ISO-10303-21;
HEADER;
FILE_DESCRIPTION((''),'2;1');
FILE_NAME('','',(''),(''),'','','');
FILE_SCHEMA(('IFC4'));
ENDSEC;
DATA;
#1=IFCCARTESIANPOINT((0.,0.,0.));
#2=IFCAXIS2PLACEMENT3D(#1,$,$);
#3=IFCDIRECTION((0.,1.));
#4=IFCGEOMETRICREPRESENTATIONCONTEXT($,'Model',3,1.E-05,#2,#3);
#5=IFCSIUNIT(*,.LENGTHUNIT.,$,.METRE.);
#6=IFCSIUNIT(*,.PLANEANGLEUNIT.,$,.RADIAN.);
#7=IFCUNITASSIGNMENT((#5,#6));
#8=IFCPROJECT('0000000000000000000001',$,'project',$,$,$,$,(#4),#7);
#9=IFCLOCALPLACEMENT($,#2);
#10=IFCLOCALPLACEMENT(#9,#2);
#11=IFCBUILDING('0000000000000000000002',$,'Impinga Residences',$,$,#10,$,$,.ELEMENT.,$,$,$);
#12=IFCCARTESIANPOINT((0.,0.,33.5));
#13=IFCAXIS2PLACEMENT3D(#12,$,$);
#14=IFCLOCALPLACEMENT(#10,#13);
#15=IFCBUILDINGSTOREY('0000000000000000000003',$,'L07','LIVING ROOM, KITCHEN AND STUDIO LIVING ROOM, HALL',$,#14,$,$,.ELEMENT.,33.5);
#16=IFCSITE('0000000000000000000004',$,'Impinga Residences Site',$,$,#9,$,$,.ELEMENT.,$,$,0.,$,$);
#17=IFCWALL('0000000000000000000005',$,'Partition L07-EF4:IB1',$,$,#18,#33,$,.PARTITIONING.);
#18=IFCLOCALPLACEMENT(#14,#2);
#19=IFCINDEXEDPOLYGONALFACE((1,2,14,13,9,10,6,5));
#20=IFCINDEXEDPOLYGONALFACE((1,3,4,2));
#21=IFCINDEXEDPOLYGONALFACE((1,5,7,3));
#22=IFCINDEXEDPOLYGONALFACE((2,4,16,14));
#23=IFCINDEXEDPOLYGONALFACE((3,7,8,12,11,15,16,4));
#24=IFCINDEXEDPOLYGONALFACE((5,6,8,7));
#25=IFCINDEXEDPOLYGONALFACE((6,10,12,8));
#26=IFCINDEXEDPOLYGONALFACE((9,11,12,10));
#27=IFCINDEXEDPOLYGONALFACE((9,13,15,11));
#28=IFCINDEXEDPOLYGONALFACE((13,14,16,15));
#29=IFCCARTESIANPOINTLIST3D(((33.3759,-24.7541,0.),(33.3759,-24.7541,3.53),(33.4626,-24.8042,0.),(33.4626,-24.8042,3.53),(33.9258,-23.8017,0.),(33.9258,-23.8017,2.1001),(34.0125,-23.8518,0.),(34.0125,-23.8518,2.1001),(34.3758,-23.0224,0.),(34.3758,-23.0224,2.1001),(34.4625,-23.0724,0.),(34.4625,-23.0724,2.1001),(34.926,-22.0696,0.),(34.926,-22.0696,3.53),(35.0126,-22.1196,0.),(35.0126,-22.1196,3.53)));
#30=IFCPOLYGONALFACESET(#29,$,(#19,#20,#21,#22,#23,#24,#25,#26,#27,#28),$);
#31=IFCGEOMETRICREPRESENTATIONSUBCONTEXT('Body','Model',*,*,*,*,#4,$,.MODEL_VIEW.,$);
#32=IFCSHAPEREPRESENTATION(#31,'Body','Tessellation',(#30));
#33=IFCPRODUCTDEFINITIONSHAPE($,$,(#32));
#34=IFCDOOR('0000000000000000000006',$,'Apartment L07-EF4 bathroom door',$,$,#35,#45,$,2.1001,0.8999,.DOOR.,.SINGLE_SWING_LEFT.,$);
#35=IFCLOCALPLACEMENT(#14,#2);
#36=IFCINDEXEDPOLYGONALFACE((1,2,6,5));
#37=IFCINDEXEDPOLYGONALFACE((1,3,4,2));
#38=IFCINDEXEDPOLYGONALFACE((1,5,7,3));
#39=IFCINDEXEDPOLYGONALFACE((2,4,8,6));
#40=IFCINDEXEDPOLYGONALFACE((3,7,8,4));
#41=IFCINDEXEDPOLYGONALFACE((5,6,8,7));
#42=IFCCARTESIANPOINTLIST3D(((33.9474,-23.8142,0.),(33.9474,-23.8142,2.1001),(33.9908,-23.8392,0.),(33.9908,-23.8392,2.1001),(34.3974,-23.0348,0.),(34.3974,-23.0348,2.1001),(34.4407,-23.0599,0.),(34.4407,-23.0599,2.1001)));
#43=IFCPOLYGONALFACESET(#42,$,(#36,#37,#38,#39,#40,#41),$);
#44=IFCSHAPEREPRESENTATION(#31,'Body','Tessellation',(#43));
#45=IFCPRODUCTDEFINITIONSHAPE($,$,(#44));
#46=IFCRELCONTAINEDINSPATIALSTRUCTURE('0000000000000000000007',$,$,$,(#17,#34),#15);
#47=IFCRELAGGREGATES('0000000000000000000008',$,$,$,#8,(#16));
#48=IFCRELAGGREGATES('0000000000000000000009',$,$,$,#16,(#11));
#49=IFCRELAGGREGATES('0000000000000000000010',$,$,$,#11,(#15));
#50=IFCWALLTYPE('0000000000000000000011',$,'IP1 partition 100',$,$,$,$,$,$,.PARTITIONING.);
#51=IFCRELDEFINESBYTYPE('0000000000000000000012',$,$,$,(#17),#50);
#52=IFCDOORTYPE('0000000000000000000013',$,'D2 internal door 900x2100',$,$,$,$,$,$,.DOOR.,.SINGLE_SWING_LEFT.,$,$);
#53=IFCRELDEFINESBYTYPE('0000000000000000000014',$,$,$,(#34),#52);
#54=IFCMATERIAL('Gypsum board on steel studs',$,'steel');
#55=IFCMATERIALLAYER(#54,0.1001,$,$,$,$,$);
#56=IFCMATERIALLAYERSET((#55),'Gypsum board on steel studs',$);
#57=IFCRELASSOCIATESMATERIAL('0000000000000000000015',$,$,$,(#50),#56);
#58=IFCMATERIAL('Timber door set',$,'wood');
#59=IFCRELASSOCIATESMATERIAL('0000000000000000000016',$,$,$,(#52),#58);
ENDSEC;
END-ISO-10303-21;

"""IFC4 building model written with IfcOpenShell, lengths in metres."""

from ifc_helpers import new_model, si_unit, direction, frame, frame_2d, origin, place, context, subcontext, project, spatial, rectangle, extrude, material, layer, layer_set, type_object, element, fill, save


model = new_model("IFC4")

# Units and contexts
model_context = context("Model", 3, precision=1e-05, world=origin(), true_north=direction((0.0, 1.0)))
body_context = subcontext(model_context, "Body", "Model", "MODEL_VIEW")
ifc_project = project(units=[si_unit("LENGTHUNIT", "METRE"), si_unit("PLANEANGLEUNIT", "RADIAN")], contexts=[model_context])

# Site, building, storey
site_placement = place(None, origin())
site = spatial("IfcSite", under=ifc_project, at=site_placement, Name="Impinga Residences Site", CompositionType="ELEMENT", RefElevation=0.0)
building_placement = place(site_placement, origin())
building = spatial("IfcBuilding", under=site, at=building_placement, Name="Impinga Residences", CompositionType="ELEMENT")
storey_placement = place(building_placement, frame((0.0, 0.0, 33.5)))
storey = spatial("IfcBuildingStorey", under=building, at=storey_placement, Name="L07", Description="LIVING ROOM, KITCHEN AND STUDIO LIVING ROOM, HALL", CompositionType="ELEMENT", Elevation=33.5)

# Shared definitions
ifc_material_1 = material(Name="Gypsum board on steel studs", Category="steel")
ifc_layer_1 = layer(ifc_material_1, 0.1001)
ifc_layer_set_1 = layer_set([ifc_layer_1], Name="Gypsum board on steel studs")
wall_type_1 = type_object("IfcWallType", Name="IP1 partition 100", PredefinedType="PARTITIONING", material=ifc_layer_set_1)

# Wall, opening, door
wall_1_placement = place(storey_placement, frame((34.9692, -22.0947, 0.0), z_axis=(0.0, 0.0, 1.0), x_axis=(-0.500027, -0.86601, 0.0)))
wall_1 = element("IfcWall", 1, at=wall_1_placement, inside=storey, type_object=wall_type_1, Name="Partition L07-EF4:IB1", PredefinedType="PARTITIONING", context=body_context, shape_type="SweptSolid", body=[
    extrude(rectangle(XDim=3.0999, YDim=0.1001, at=frame_2d((1.5498, 0.0))), origin(), (0.0, 0.0, 1.0), 3.53),
])
opening_1_placement = place(wall_1_placement, frame((1.1001, 0.0, 0.0)))
opening_1 = element("IfcOpeningElement", 2, at=opening_1_placement, cuts=wall_1, PredefinedType="OPENING", context=body_context, shape_type="SweptSolid", body=[
    extrude(rectangle(XDim=0.8999, YDim=2.1001, at=frame_2d((0.45, 1.05))), frame((0.0, 0.0601, 0.0), z_axis=(0.0, -1.0, 0.0), x_axis=(1.0, 0.0, 0.0)), (0.0, 0.0, 1.0), 0.1201),
])
ifc_material_2 = material(Name="Timber door set", Category="wood")
door_type = type_object("IfcDoorType", Name="D2 internal door 900x2100", OperationType="SINGLE_SWING_LEFT", PredefinedType="DOOR", material=ifc_material_2)
door_placement = place(opening_1_placement, origin())
door = element("IfcDoor", 3, at=door_placement, inside=storey, type_object=door_type, Name="Apartment L07-EF4 bathroom door", OperationType="SINGLE_SWING_LEFT", OverallHeight=2.1001, OverallWidth=0.8999, PredefinedType="DOOR", context=body_context, shape_type="SweptSolid", body=[
    extrude(rectangle(XDim=0.8999, YDim=2.1001, at=frame_2d((0.45, 1.05))), frame((0.0, 0.0249, 0.0), z_axis=(0.0, -1.0, 0.0), x_axis=(1.0, 0.0, 0.0)), (0.0, 0.0, 1.0), 0.05),
])
fill(opening_1, door)

save(model, "model.ifc")
